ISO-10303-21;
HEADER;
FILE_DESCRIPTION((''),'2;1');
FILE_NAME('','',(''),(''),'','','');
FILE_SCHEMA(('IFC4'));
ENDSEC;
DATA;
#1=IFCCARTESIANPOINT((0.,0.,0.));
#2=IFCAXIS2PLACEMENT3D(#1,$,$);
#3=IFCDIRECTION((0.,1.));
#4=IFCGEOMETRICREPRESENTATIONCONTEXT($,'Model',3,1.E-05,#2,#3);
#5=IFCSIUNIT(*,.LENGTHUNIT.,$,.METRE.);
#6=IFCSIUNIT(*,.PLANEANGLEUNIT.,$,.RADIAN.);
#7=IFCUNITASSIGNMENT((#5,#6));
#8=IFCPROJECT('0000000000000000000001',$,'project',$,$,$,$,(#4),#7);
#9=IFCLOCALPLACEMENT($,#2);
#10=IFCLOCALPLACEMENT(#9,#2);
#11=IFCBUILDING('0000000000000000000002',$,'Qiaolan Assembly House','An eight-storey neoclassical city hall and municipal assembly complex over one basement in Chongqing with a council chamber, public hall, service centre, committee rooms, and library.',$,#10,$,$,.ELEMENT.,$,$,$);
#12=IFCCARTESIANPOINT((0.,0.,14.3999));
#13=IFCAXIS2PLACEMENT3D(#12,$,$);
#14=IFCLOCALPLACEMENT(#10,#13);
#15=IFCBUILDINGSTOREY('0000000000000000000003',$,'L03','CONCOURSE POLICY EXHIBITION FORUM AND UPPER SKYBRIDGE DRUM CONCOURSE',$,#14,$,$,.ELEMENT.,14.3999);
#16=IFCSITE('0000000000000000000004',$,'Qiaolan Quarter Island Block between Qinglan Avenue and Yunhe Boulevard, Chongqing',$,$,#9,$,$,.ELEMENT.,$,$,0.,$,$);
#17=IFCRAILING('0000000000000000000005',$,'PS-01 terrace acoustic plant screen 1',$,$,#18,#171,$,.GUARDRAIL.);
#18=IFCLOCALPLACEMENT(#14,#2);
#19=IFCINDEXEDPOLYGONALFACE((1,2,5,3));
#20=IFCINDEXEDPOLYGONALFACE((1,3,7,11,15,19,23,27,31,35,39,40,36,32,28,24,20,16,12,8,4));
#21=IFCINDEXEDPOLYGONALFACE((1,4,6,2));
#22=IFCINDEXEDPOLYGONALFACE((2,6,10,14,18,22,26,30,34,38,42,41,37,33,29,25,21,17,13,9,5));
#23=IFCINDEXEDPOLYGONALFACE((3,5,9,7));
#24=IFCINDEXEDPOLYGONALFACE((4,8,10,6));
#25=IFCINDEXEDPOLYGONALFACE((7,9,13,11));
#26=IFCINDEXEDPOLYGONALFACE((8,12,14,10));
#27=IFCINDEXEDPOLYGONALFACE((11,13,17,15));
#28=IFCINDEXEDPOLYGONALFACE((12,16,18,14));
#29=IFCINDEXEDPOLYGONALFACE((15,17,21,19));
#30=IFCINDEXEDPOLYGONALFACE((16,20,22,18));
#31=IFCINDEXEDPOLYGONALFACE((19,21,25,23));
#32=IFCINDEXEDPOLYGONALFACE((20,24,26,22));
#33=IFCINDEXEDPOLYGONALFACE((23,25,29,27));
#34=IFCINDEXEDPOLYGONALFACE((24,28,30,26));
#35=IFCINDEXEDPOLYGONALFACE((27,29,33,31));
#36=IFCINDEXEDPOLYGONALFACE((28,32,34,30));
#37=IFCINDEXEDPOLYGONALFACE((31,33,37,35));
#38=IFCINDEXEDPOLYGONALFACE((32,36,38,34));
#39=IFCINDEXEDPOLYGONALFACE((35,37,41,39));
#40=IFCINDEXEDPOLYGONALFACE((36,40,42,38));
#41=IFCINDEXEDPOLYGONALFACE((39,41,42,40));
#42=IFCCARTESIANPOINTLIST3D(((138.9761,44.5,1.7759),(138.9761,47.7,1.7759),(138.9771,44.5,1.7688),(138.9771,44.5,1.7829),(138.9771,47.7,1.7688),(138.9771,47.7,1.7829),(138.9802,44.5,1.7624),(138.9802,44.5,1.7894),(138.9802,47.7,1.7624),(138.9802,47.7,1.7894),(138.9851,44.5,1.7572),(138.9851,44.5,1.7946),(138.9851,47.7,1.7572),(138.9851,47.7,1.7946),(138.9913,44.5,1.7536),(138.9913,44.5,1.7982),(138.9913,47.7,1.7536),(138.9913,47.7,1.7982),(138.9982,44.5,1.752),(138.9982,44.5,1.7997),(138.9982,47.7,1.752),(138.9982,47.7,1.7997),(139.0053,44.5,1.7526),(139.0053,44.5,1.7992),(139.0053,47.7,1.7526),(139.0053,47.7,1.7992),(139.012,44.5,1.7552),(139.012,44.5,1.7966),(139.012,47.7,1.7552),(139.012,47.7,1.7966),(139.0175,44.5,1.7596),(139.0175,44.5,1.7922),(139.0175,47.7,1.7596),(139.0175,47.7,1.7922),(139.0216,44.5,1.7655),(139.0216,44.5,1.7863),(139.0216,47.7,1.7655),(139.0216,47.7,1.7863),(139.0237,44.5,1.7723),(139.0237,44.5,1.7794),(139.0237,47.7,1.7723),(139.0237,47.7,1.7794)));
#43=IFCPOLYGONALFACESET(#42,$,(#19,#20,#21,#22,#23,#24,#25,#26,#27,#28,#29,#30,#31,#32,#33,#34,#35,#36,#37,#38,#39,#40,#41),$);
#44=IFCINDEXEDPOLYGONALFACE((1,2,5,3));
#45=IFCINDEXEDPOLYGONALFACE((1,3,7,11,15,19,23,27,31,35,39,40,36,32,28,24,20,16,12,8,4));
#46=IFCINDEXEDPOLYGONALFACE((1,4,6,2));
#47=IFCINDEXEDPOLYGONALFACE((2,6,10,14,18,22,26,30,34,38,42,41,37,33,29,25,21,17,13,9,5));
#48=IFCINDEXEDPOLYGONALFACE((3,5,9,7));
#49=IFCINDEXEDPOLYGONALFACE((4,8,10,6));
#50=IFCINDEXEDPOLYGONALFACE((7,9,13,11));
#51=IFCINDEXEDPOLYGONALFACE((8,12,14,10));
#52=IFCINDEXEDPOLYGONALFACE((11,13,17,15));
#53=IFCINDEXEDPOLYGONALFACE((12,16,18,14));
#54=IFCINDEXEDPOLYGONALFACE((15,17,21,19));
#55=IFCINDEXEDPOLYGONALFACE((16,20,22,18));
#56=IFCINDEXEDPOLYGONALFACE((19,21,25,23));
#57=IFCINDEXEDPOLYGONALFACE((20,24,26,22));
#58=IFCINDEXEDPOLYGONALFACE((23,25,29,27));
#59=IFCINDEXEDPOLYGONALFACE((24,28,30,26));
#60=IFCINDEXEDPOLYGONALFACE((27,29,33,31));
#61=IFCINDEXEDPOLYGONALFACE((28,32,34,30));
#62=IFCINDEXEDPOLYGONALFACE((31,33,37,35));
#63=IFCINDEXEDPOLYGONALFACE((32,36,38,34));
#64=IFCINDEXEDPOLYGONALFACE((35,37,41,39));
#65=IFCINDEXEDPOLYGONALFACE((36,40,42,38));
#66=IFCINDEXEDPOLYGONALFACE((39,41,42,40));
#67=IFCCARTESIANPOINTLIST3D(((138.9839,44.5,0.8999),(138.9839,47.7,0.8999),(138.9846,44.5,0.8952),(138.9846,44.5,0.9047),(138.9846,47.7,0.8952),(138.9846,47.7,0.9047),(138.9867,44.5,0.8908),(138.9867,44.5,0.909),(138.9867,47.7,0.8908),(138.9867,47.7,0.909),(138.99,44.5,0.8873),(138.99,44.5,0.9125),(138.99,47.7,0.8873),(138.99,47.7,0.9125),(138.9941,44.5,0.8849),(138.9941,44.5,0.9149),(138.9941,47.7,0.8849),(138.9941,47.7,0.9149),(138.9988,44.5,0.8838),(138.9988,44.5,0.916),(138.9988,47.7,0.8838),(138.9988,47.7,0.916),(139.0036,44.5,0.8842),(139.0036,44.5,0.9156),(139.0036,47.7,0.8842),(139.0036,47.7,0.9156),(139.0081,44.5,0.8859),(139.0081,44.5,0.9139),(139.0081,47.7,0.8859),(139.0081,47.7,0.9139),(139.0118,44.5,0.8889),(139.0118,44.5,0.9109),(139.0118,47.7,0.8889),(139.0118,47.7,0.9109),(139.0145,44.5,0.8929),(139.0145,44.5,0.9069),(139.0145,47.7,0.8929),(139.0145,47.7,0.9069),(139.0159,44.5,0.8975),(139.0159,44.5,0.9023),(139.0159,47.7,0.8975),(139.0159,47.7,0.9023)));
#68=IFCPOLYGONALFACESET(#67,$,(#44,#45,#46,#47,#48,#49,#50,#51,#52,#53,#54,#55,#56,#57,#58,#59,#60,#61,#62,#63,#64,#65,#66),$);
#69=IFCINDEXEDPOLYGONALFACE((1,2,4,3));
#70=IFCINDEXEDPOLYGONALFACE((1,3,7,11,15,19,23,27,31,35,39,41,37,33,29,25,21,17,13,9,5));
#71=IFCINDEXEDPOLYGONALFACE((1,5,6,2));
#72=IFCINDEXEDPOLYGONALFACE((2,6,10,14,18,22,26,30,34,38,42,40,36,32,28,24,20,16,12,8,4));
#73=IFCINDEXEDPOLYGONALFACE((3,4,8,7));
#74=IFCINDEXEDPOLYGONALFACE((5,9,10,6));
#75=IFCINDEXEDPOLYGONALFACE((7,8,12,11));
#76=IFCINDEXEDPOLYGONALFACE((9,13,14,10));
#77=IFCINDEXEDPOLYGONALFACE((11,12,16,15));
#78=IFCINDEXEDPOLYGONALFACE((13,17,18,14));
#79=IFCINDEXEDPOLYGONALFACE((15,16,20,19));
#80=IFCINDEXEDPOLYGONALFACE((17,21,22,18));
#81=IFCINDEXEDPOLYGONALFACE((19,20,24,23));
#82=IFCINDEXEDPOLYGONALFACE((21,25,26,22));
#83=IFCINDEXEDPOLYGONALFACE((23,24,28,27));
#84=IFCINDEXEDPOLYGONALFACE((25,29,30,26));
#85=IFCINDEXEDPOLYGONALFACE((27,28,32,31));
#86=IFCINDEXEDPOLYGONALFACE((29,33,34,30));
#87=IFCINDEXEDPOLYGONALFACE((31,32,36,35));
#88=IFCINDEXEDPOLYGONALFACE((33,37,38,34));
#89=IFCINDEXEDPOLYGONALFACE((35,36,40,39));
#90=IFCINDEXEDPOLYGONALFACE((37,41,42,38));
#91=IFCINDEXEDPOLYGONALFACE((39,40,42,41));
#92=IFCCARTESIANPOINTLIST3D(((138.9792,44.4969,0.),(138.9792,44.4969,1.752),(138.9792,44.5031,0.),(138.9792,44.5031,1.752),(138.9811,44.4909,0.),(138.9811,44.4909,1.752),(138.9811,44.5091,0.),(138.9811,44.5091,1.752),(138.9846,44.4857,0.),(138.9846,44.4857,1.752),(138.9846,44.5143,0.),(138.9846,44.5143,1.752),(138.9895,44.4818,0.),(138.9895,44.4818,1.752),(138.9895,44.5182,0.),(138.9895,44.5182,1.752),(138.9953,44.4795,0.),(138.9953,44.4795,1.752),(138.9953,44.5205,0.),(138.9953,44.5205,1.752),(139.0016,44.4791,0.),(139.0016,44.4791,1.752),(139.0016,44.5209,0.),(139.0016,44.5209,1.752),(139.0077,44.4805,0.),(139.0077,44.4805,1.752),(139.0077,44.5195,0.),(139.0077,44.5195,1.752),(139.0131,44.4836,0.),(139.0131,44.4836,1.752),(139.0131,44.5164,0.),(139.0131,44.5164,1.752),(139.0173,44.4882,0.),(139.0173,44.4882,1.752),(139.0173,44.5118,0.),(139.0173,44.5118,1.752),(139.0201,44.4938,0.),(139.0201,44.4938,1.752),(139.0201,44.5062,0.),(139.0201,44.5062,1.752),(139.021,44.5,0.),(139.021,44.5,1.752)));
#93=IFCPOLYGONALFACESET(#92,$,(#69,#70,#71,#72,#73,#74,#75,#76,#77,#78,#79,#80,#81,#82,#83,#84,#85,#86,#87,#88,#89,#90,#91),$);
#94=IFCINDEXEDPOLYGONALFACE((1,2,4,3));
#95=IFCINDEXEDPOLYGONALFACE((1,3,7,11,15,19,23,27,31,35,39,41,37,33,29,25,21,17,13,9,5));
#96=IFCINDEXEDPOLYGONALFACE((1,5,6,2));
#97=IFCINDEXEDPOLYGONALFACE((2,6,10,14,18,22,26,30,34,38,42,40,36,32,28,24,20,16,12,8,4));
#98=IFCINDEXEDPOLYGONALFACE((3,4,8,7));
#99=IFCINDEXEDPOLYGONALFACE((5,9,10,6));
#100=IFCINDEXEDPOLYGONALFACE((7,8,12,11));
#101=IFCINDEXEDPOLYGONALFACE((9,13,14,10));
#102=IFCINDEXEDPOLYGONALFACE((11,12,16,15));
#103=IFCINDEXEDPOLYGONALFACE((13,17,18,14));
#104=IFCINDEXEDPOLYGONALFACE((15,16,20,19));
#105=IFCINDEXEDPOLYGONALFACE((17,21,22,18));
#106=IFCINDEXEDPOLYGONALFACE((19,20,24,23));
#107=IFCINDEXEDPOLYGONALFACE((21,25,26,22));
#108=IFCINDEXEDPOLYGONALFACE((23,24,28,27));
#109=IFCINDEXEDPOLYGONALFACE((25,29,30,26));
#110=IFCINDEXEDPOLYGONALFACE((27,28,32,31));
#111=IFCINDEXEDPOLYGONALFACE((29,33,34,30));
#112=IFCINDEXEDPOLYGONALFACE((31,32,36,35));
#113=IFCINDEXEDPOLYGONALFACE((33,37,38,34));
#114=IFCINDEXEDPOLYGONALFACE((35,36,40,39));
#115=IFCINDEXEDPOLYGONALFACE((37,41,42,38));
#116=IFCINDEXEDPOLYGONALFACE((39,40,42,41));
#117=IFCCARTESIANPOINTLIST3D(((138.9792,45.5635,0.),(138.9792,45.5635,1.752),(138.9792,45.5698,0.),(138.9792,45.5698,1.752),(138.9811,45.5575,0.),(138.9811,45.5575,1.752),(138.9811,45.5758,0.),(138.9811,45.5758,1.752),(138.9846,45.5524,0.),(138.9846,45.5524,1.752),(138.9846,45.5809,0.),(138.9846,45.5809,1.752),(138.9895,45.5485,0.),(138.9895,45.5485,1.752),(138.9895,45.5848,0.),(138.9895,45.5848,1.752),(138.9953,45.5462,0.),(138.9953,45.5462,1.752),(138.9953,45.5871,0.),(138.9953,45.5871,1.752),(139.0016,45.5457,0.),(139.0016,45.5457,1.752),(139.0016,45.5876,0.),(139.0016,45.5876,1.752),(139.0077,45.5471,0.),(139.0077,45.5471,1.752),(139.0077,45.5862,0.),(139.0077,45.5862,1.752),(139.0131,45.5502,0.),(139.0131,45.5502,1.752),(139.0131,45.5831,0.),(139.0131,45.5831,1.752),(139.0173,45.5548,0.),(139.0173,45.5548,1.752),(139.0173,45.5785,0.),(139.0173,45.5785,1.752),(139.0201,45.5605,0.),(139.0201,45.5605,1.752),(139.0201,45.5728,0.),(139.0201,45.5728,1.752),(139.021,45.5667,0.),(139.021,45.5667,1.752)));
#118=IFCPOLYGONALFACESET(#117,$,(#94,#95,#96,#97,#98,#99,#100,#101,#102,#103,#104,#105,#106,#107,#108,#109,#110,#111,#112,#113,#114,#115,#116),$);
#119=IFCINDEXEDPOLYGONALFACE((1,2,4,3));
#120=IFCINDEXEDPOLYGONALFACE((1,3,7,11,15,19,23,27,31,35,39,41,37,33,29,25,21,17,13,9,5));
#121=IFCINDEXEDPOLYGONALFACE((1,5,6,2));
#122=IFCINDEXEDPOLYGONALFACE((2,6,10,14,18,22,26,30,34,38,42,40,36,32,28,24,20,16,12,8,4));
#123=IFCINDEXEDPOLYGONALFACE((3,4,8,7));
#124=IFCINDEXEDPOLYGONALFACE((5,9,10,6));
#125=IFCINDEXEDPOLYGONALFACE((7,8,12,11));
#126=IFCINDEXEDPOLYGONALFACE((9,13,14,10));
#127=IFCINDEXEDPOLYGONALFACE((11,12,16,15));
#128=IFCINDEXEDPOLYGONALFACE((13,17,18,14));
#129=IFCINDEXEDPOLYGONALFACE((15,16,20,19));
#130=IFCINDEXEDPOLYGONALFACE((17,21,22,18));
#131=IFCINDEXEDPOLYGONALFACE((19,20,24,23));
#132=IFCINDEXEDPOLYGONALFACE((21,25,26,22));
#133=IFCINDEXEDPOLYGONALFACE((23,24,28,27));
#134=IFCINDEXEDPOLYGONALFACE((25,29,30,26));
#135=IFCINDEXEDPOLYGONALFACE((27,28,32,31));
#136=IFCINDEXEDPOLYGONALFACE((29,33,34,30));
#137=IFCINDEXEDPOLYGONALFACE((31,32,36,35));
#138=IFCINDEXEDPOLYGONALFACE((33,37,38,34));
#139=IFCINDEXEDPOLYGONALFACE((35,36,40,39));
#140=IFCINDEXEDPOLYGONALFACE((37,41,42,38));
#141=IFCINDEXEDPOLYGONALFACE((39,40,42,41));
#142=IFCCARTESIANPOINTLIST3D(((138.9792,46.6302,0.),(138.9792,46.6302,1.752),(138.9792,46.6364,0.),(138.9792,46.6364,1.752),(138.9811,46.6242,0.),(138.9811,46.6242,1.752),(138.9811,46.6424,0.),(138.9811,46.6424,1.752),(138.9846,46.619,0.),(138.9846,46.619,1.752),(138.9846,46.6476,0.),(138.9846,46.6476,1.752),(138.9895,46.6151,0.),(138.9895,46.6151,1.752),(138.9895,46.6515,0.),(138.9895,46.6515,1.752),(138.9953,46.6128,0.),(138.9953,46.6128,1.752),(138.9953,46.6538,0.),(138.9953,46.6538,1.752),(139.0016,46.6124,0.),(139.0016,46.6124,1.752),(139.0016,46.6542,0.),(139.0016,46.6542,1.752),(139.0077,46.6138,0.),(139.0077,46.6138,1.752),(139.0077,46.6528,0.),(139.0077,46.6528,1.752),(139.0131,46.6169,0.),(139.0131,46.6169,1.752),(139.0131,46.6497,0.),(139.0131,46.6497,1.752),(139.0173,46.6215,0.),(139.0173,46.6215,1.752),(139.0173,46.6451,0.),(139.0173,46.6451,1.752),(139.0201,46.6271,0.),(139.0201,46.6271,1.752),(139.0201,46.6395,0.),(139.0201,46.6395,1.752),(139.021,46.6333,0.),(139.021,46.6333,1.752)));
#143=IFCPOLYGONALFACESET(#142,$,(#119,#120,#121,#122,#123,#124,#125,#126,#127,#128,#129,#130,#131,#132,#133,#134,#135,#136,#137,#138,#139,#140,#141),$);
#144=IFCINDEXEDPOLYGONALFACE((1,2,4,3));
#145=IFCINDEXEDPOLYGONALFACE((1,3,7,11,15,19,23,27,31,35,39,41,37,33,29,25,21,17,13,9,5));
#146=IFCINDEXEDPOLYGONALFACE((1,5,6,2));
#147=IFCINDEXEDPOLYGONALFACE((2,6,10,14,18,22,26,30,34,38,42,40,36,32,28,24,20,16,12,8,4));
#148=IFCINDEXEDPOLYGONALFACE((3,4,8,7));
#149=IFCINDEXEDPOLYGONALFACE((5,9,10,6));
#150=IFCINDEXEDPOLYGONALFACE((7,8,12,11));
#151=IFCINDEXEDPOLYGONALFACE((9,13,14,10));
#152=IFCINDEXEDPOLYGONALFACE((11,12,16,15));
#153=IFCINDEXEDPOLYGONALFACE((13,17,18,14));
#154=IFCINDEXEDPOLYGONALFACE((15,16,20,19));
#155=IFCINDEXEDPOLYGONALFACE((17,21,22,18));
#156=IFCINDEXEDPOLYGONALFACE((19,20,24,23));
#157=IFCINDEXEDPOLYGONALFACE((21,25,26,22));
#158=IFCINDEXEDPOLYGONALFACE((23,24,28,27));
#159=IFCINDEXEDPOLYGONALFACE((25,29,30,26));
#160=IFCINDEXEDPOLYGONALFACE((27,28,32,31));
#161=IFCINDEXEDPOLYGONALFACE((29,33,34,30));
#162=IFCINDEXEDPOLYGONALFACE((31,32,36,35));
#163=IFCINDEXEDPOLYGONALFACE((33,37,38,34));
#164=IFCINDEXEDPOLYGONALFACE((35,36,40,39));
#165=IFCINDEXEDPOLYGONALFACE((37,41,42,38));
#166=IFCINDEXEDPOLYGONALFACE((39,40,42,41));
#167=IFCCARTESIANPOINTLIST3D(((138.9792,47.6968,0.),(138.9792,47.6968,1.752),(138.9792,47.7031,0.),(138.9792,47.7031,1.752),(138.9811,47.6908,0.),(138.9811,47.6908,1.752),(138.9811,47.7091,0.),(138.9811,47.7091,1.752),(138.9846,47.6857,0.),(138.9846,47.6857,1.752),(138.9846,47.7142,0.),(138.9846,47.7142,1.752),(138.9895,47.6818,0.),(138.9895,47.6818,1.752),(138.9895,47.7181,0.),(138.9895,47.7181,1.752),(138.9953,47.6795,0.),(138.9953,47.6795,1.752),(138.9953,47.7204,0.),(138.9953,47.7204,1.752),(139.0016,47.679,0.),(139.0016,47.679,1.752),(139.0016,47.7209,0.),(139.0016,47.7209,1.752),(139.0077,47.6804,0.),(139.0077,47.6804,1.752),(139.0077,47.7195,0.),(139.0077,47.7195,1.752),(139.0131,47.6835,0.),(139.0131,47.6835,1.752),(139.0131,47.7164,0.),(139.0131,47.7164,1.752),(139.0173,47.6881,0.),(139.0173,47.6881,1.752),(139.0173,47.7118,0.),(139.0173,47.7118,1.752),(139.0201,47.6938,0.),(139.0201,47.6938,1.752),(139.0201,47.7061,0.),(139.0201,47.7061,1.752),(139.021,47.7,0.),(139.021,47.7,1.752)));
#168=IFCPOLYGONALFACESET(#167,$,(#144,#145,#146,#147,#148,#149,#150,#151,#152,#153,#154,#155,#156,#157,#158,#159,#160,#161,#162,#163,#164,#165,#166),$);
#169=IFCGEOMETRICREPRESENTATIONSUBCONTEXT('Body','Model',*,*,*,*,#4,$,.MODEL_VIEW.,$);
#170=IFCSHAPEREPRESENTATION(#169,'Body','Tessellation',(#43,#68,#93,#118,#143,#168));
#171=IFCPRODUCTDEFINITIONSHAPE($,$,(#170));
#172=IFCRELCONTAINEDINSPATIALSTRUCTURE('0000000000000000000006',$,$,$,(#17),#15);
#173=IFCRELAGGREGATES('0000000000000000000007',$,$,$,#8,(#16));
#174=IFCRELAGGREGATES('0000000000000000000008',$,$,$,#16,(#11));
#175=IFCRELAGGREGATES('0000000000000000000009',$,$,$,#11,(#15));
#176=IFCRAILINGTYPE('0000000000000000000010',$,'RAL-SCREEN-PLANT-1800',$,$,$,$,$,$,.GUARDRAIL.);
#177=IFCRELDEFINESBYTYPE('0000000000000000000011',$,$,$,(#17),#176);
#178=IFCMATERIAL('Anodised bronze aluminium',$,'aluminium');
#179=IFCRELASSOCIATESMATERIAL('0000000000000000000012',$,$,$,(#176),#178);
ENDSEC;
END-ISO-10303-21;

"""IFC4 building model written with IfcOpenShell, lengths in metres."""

from ifc_helpers import new_model, si_unit, direction, frame, origin, origin_2d, place, context, subcontext, project, spatial, circle, extrude, material, type_object, element, save


model = new_model("IFC4")

# Units and contexts
model_context = context("Model", 3, precision=1e-05, world=origin(), true_north=direction((0.0, 1.0)))
body_context = subcontext(model_context, "Body", "Model", "MODEL_VIEW")
ifc_project = project(units=[si_unit("LENGTHUNIT", "METRE"), si_unit("PLANEANGLEUNIT", "RADIAN")], contexts=[model_context])

# Site, building, storey
site_placement = place(None, origin())
site = spatial("IfcSite", under=ifc_project, at=site_placement, Name="Qiaolan Quarter Island Block between Qinglan Avenue and Yunhe Boulevard, Chongqing", CompositionType="ELEMENT", RefElevation=0.0)
building_placement = place(site_placement, origin())
building = spatial("IfcBuilding", under=site, at=building_placement, Name="Qiaolan Assembly House", Description="An eight-storey neoclassical city hall and municipal assembly complex over one basement in Chongqing with a council chamber, public hall, service centre, committee rooms, and library.", CompositionType="ELEMENT")
storey_placement = place(building_placement, frame((0.0, 0.0, 14.3999)))
storey = spatial("IfcBuildingStorey", under=building, at=storey_placement, Name="L03", Description="CONCOURSE POLICY EXHIBITION FORUM AND UPPER SKYBRIDGE DRUM CONCOURSE", CompositionType="ELEMENT", Elevation=14.3999)

# Railing
ifc_material_1 = material(Name="Anodised bronze aluminium", Category="aluminium")
railing_type_1 = type_object("IfcRailingType", Name="RAL-SCREEN-PLANT-1800", PredefinedType="GUARDRAIL", material=ifc_material_1)
for number, where, name in (
    (1, (139.0, 44.5, 0.0), "PS-01 terrace acoustic plant screen 1"),
):
    element("IfcRailing", number, at=place(storey_placement, frame(where)), inside=storey, type_object=railing_type_1, Name=name, PredefinedType="GUARDRAIL", context=body_context, shape_type="SweptSolid", body=[
        extrude(circle(Radius=0.0239, at=origin_2d()), frame((0.0, 0.0, 1.7759), z_axis=(0.0, 1.0, 0.0), x_axis=(-1.0, 0.0, 0.0)), (0.0, 0.0, 1.0), 3.2),
        extrude(circle(Radius=0.0161, at=origin_2d()), frame((0.0, 0.0, 0.8999), z_axis=(0.0, 1.0, 0.0), x_axis=(-1.0, 0.0, 0.0)), (0.0, 0.0, 1.0), 3.2),
        extrude(circle(Radius=0.021, at=origin_2d()), origin(), (0.0, 0.0, 1.0), 1.752),
        extrude(circle(Radius=0.021, at=origin_2d()), frame((0.0, 1.0667, 0.0)), (0.0, 0.0, 1.0), 1.752),
        extrude(circle(Radius=0.021, at=origin_2d()), frame((0.0, 2.1333, 0.0)), (0.0, 0.0, 1.0), 1.752),
        extrude(circle(Radius=0.021, at=origin_2d()), frame((0.0, 3.2, 0.0)), (0.0, 0.0, 1.0), 1.752),
    ])

save(model, "model.ifc")
